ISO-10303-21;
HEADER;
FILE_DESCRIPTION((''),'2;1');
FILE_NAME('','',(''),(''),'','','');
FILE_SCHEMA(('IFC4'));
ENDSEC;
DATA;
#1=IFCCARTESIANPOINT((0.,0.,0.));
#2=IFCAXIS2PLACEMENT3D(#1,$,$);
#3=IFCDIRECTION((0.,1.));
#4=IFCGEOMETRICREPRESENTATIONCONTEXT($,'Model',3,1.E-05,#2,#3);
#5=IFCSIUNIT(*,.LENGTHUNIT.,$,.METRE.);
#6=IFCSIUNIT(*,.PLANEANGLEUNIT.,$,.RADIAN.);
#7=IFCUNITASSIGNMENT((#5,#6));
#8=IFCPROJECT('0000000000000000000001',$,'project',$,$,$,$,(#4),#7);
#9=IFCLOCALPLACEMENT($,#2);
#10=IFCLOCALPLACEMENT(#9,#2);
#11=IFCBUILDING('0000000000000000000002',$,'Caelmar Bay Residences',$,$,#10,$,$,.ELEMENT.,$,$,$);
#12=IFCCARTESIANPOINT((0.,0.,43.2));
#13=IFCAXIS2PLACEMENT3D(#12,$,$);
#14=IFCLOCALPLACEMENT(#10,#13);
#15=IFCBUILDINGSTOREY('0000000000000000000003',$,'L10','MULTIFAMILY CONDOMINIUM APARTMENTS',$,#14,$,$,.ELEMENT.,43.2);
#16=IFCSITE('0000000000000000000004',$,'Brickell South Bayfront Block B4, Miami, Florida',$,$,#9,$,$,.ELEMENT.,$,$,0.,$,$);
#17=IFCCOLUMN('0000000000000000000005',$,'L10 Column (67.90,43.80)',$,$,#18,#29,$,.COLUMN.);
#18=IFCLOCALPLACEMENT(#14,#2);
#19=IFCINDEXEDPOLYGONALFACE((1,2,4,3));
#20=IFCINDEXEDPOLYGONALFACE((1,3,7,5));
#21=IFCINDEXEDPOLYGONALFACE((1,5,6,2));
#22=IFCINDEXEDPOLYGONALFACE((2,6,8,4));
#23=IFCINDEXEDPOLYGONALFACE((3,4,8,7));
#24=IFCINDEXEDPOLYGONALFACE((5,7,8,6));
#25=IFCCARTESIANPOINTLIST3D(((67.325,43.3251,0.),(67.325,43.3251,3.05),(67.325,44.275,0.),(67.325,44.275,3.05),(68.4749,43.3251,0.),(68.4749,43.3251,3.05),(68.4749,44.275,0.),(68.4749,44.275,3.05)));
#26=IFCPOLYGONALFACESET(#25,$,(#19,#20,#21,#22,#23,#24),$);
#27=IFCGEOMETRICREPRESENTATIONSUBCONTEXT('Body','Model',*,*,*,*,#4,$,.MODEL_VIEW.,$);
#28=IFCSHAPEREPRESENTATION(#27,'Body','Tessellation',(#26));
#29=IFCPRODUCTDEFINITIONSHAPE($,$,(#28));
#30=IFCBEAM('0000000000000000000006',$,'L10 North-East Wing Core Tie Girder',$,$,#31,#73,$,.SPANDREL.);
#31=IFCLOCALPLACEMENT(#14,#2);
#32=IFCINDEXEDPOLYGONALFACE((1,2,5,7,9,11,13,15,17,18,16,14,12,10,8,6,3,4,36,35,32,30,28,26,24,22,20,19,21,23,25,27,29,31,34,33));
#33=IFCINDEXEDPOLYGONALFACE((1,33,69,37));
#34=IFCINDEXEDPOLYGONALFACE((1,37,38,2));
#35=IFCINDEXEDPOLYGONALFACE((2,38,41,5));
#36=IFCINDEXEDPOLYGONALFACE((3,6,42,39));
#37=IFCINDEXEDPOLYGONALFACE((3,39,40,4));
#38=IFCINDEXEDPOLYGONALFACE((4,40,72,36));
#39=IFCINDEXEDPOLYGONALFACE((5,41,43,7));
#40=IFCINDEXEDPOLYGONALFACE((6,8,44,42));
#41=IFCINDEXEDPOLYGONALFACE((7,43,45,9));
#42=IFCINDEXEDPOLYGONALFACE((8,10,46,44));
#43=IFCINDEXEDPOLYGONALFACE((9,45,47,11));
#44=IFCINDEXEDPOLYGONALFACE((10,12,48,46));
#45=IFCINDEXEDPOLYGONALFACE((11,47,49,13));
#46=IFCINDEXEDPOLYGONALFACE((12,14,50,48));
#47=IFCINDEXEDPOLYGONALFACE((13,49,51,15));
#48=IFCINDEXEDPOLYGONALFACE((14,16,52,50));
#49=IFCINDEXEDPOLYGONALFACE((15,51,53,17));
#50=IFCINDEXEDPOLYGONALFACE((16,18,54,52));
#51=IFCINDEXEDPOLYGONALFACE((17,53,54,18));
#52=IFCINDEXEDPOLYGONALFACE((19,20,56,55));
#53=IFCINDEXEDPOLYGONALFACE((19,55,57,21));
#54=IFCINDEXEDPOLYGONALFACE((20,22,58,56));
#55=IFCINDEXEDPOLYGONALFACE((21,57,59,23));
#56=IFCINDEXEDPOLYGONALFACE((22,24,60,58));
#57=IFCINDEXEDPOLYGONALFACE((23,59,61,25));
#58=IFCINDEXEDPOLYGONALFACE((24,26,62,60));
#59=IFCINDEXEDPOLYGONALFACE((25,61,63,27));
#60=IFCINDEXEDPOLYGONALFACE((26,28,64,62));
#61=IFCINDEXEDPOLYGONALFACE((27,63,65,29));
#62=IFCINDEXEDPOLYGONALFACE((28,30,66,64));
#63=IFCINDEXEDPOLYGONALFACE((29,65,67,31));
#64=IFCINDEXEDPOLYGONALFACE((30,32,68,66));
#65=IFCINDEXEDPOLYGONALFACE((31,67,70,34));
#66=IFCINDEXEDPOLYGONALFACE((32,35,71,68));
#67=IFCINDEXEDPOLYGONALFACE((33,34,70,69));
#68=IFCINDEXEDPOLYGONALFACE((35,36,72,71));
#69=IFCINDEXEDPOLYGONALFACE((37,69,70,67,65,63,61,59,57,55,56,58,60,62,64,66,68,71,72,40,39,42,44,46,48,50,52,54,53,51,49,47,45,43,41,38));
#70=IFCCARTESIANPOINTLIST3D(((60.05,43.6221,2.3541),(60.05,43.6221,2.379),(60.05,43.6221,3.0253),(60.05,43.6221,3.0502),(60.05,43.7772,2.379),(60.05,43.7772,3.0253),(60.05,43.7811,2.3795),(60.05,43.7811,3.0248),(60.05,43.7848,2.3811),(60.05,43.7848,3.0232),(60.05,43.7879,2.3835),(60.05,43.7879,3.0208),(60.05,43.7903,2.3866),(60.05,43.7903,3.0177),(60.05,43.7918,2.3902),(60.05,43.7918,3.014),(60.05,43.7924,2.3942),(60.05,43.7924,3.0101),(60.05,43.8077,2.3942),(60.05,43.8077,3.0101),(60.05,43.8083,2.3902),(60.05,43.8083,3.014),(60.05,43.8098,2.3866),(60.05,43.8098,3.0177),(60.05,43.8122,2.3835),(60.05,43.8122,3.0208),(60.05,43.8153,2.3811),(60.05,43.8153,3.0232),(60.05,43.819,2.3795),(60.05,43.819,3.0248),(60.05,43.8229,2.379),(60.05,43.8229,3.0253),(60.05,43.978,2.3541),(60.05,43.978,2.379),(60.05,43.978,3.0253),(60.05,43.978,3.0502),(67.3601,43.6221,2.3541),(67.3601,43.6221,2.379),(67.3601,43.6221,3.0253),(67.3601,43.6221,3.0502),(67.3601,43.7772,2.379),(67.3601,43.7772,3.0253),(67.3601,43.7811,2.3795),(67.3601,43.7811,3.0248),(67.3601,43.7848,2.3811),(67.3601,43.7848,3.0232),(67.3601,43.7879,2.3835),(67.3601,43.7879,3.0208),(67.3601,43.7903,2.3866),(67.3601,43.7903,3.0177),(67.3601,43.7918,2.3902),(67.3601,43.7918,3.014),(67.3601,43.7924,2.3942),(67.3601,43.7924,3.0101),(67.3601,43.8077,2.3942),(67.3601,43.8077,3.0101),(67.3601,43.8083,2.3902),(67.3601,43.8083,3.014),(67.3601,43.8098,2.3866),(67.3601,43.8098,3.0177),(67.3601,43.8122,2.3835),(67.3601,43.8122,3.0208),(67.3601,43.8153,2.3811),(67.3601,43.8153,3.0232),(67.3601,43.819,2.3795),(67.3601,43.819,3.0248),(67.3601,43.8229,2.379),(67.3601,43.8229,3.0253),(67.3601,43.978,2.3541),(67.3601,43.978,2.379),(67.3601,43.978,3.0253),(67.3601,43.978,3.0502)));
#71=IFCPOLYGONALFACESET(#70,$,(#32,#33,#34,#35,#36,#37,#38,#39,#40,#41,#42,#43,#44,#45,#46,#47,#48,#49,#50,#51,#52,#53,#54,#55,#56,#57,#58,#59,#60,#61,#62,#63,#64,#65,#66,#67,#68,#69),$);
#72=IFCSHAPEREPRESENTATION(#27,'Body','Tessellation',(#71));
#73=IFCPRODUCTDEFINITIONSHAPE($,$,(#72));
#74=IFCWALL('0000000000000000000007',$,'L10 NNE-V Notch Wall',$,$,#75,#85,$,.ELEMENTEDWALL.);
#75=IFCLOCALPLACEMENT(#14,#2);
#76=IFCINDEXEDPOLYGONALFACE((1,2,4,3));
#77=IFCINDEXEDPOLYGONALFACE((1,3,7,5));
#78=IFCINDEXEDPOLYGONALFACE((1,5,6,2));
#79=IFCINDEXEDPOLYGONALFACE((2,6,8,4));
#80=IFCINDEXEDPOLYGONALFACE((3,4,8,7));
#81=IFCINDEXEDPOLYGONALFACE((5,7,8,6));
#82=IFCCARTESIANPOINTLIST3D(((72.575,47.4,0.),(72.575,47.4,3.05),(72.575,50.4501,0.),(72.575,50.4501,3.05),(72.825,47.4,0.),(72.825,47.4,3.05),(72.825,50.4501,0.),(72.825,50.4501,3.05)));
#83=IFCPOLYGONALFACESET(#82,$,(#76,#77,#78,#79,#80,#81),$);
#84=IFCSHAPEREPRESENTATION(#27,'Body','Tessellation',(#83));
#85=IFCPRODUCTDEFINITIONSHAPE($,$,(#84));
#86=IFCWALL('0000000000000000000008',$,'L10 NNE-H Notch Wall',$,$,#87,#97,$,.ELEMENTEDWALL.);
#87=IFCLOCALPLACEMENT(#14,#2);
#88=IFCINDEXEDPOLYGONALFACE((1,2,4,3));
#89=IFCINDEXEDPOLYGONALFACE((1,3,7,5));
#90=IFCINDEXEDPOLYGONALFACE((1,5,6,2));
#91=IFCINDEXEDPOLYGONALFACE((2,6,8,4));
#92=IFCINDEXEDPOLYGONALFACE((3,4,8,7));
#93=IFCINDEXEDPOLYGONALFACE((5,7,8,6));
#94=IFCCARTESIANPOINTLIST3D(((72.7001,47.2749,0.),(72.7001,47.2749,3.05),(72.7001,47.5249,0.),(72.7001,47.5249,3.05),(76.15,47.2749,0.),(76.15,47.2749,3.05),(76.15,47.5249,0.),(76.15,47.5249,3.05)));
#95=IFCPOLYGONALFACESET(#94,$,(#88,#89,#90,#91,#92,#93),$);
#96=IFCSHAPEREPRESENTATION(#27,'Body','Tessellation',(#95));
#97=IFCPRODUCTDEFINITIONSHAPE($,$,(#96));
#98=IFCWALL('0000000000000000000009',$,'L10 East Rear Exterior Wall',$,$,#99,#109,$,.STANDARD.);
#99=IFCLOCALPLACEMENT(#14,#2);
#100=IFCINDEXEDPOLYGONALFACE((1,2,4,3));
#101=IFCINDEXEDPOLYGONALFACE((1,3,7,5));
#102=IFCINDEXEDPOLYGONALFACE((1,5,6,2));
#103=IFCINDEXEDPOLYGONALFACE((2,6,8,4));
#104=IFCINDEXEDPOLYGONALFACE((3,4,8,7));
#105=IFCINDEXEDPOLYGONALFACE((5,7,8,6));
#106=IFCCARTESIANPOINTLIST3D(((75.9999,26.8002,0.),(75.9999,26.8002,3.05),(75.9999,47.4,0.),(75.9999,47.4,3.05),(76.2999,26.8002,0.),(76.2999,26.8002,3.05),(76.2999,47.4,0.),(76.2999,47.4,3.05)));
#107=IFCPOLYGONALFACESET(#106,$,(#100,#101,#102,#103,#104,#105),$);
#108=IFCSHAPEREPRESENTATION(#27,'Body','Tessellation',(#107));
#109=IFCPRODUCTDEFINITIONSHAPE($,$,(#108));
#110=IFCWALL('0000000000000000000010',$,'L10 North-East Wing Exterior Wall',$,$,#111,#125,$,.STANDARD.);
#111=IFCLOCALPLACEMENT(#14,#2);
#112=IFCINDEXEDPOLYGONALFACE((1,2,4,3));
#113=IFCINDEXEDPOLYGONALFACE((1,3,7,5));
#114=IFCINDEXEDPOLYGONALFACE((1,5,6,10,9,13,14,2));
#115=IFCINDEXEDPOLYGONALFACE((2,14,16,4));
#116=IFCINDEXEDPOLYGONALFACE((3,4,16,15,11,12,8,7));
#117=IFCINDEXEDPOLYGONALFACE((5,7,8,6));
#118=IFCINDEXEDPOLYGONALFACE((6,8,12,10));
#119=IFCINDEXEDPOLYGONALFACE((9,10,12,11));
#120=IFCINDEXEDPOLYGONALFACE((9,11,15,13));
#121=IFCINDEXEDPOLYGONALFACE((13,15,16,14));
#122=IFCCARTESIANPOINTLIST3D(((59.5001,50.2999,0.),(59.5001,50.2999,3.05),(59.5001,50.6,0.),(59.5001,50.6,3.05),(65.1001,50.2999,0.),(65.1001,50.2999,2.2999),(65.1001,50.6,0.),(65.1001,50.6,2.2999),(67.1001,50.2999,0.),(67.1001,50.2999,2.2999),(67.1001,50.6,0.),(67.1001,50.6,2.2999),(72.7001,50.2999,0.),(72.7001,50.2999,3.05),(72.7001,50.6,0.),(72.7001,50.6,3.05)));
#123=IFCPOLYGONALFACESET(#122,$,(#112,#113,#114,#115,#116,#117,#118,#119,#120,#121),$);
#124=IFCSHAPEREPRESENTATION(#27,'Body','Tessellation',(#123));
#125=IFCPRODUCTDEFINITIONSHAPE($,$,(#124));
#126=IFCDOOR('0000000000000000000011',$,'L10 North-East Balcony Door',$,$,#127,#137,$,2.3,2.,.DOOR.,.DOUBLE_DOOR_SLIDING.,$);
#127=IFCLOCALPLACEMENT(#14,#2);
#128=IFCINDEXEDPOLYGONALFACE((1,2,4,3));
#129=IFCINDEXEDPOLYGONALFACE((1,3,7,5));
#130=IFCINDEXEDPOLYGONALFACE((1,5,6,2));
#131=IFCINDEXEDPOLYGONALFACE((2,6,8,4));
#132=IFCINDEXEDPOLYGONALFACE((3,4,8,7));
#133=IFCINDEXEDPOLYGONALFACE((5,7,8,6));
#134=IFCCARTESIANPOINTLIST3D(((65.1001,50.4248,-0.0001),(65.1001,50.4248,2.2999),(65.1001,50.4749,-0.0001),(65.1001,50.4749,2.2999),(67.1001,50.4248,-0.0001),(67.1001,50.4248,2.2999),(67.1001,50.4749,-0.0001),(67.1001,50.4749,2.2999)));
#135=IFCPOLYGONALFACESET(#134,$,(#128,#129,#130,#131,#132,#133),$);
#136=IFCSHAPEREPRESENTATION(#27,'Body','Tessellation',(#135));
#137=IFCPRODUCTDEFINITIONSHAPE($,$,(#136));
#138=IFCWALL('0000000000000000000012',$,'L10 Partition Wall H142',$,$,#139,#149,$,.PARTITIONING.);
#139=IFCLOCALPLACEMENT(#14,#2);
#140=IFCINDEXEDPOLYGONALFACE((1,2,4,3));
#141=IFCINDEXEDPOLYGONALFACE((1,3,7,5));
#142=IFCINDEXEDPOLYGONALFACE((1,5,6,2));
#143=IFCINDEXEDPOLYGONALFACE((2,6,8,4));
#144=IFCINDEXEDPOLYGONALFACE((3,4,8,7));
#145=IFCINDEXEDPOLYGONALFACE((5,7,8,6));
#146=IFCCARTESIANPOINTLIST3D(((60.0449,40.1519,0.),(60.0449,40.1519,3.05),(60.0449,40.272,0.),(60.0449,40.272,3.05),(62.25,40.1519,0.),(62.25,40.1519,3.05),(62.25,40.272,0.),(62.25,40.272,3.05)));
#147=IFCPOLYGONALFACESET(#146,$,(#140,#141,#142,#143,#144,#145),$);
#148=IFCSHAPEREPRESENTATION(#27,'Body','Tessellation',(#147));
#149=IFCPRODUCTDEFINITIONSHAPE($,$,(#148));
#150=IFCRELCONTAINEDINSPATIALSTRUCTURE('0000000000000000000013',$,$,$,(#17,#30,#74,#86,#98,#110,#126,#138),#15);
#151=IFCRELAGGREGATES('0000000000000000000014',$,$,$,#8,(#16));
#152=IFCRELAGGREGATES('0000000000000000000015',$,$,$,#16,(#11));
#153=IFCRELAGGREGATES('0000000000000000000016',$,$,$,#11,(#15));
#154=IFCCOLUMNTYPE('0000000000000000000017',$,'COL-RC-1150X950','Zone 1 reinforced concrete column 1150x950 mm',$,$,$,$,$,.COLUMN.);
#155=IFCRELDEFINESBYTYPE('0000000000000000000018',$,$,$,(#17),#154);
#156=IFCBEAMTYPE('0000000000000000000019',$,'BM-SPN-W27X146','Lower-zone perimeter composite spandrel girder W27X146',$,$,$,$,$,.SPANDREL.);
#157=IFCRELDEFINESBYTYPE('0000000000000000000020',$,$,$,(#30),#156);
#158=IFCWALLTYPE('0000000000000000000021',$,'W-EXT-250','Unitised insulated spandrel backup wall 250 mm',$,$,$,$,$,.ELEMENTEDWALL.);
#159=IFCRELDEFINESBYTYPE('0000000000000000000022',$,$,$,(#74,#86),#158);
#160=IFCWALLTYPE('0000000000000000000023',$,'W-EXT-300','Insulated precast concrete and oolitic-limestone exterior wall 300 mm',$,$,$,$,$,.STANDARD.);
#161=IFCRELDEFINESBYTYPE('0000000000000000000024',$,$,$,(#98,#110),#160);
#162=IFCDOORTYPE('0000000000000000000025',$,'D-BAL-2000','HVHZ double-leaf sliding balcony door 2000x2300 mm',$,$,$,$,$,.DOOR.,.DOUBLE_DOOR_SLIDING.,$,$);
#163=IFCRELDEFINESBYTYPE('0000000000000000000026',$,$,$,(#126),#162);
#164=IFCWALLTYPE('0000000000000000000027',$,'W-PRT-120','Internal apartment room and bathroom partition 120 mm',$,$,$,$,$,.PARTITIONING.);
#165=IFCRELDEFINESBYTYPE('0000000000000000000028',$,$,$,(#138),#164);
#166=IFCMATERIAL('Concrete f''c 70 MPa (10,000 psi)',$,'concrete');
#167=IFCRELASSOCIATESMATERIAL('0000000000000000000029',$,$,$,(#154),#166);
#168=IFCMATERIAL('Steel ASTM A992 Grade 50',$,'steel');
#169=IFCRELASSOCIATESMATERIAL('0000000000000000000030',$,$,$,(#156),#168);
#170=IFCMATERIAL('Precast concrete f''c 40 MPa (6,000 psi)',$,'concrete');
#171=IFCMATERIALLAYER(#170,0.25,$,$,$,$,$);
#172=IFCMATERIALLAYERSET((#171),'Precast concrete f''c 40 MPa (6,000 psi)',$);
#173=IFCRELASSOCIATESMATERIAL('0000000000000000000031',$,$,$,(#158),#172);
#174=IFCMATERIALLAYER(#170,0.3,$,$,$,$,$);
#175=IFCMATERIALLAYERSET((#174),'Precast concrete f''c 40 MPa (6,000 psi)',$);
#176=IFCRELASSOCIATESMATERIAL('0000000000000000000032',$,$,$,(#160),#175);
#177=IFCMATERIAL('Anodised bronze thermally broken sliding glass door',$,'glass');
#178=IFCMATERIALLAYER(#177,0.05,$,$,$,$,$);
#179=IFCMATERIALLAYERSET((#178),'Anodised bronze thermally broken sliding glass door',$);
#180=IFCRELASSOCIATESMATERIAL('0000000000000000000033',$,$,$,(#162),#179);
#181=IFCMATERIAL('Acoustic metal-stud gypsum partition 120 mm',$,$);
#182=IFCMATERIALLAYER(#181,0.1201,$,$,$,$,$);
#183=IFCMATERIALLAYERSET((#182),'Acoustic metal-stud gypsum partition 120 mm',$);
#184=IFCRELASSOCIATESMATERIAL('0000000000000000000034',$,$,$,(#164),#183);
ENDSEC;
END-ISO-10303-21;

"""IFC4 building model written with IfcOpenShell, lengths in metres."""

from ifc_helpers import new_model, si_unit, direction, frame, frame_2d, origin, origin_2d, place, context, subcontext, project, spatial, rectangle, i_section, extrude, material, layer, layer_set, material_profile, profile_set, type_object, element, fill, save


model = new_model("IFC4")

# Units and contexts
model_context = context("Model", 3, precision=1e-05, world=origin(), true_north=direction((0.0, 1.0)))
body_context = subcontext(model_context, "Body", "Model", "MODEL_VIEW")
ifc_project = project(units=[si_unit("LENGTHUNIT", "METRE"), si_unit("PLANEANGLEUNIT", "RADIAN")], contexts=[model_context])

# Site, building, storey
site_placement = place(None, origin())
site = spatial("IfcSite", under=ifc_project, at=site_placement, Name="Brickell South Bayfront Block B4, Miami, Florida", CompositionType="ELEMENT", RefElevation=0.0)
building_placement = place(site_placement, origin())
building = spatial("IfcBuilding", under=site, at=building_placement, Name="Caelmar Bay Residences", CompositionType="ELEMENT")
storey_placement = place(building_placement, frame((0.0, 0.0, 43.2)))
storey = spatial("IfcBuildingStorey", under=building, at=storey_placement, Name="L10", Description="MULTIFAMILY CONDOMINIUM APARTMENTS", CompositionType="ELEMENT", Elevation=43.2)

# Column
ifc_material_1 = material(Name="Concrete f'c 70 MPa (10,000 psi)", Category="concrete")
ifc_material_profile_1 = material_profile(ifc_material_1, rectangle(XDim=1.1499, YDim=0.95, at=origin_2d()), Name="RC-COL-1150X950")
ifc_profile_set_1 = profile_set([ifc_material_profile_1], Name="Concrete f'c 70 MPa (10,000 psi)")
column_type = type_object("IfcColumnType", Name="COL-RC-1150X950", Description="Zone 1 reinforced concrete column 1150x950 mm", PredefinedType="COLUMN", material=ifc_profile_set_1)
column_placement = place(storey_placement, frame((67.8999, 43.8, 0.0), z_axis=(0.0, 0.0, 1.0), x_axis=(1.0, 0.0, 0.0)))
element("IfcColumn", 1, at=column_placement, inside=storey, type_object=column_type, Name="L10 Column (67.90,43.80)", PredefinedType="COLUMN", context=body_context, shape_type="SweptSolid", body=[
    extrude(rectangle(XDim=1.1499, YDim=0.95, at=origin_2d()), origin(), (0.0, 0.0, 1.0), 3.05),
])

# Beam
ifc_material_2 = material(Name="Steel ASTM A992 Grade 50", Category="steel")
ifc_material_profile_2 = material_profile(ifc_material_2, i_section(OverallWidth=0.356, OverallDepth=0.696, WebThickness=0.0154, FlangeThickness=0.0249, FilletRadius=0.0151, at=origin_2d()), Name="W27X146")
ifc_profile_set_2 = profile_set([ifc_material_profile_2], Name="Steel ASTM A992 Grade 50")
beam_type = type_object("IfcBeamType", Name="BM-SPN-W27X146", Description="Lower-zone perimeter composite spandrel girder W27X146", PredefinedType="SPANDREL", material=ifc_profile_set_2)
beam_placement = place(storey_placement, frame((60.05, 43.8, 2.7021), z_axis=(1.0, 0.0, 0.0), x_axis=(0.0, 1.0, 0.0)))
element("IfcBeam", 2, at=beam_placement, inside=storey, type_object=beam_type, Name="L10 North-East Wing Core Tie Girder", PredefinedType="SPANDREL", context=body_context, shape_type="SweptSolid", body=[
    extrude(i_section(OverallWidth=0.356, OverallDepth=0.696, WebThickness=0.0154, FlangeThickness=0.0249, FilletRadius=0.0151, at=origin_2d()), origin(), (0.0, 0.0, 1.0), 7.3101),
])

# Walls
ifc_material_3 = material(Name="Precast concrete f'c 40 MPa (6,000 psi)", Category="concrete")
ifc_layer_1 = layer(ifc_material_3, 0.25)
ifc_layer_set_1 = layer_set([ifc_layer_1], Name="Precast concrete f'c 40 MPa (6,000 psi)")
wall_type_1 = type_object("IfcWallType", Name="W-EXT-250", Description="Unitised insulated spandrel backup wall 250 mm", PredefinedType="ELEMENTEDWALL", material=ifc_layer_set_1)
wall_1_placement = place(storey_placement, frame((72.7, 50.45, 0.0), z_axis=(0.0, 0.0, 1.0), x_axis=(0.0, -1.0, 0.0)))
element("IfcWall", 3, at=wall_1_placement, inside=storey, type_object=wall_type_1, Name="L10 NNE-V Notch Wall", PredefinedType="ELEMENTEDWALL", context=body_context, shape_type="SweptSolid", body=[
    extrude(rectangle(XDim=3.05, YDim=0.25, at=frame_2d((1.5249, 0.0))), origin(), (0.0, 0.0, 1.0), 3.05),
])
wall_2_placement = place(storey_placement, frame((72.7, 47.3999, 0.0), z_axis=(0.0, 0.0, 1.0), x_axis=(1.0, 0.0, 0.0)))
element("IfcWall", 4, at=wall_2_placement, inside=storey, type_object=wall_type_1, Name="L10 NNE-H Notch Wall", PredefinedType="ELEMENTEDWALL", context=body_context, shape_type="SweptSolid", body=[
    extrude(rectangle(XDim=3.45, YDim=0.25, at=frame_2d((1.7251, 0.0))), origin(), (0.0, 0.0, 1.0), 3.05),
])
ifc_layer_2 = layer(ifc_material_3, 0.3)
ifc_layer_set_2 = layer_set([ifc_layer_2], Name="Precast concrete f'c 40 MPa (6,000 psi)")
wall_type_2 = type_object("IfcWallType", Name="W-EXT-300", Description="Insulated precast concrete and oolitic-limestone exterior wall 300 mm", PredefinedType="STANDARD", material=ifc_layer_set_2)
wall_3_placement = place(storey_placement, frame((76.1499, 47.3999, 0.0), z_axis=(0.0, 0.0, 1.0), x_axis=(0.0, -1.0, 0.0)))
element("IfcWall", 5, at=wall_3_placement, inside=storey, type_object=wall_type_2, Name="L10 East Rear Exterior Wall", PredefinedType="STANDARD", context=body_context, shape_type="SweptSolid", body=[
    extrude(rectangle(XDim=20.5999, YDim=0.3, at=frame_2d((10.2998, 0.0))), origin(), (0.0, 0.0, 1.0), 3.05),
])

# Wall, opening, door
wall_4_placement = place(storey_placement, frame((59.5, 50.45, 0.0), z_axis=(0.0, 0.0, 1.0), x_axis=(1.0, 0.0, 0.0)))
wall_4 = element("IfcWall", 6, at=wall_4_placement, inside=storey, type_object=wall_type_2, Name="L10 North-East Wing Exterior Wall", PredefinedType="STANDARD", context=body_context, shape_type="SweptSolid", body=[
    extrude(rectangle(XDim=13.2, YDim=0.3, at=frame_2d((6.6001, 0.0))), origin(), (0.0, 0.0, 1.0), 3.05),
])
opening_1_placement = place(wall_4_placement, frame((5.6001, 0.0, 0.0)))
opening_1 = element("IfcOpeningElement", 7, at=opening_1_placement, cuts=wall_4, PredefinedType="OPENING", context=body_context, shape_type="SweptSolid", body=[
    extrude(rectangle(XDim=2.0, YDim=2.3, at=frame_2d((1.0, 1.1499))), frame((0.0, 0.1599, 0.0), z_axis=(0.0, -1.0, 0.0), x_axis=(1.0, 0.0, 0.0)), (0.0, 0.0, 1.0), 0.3201),
])
ifc_material_4 = material(Name="Anodised bronze thermally broken sliding glass door", Category="glass")
ifc_layer_3 = layer(ifc_material_4, 0.05)
ifc_layer_set_3 = layer_set([ifc_layer_3], Name="Anodised bronze thermally broken sliding glass door")
door_type_1 = type_object("IfcDoorType", Name="D-BAL-2000", Description="HVHZ double-leaf sliding balcony door 2000x2300 mm", OperationType="DOUBLE_DOOR_SLIDING", PredefinedType="DOOR", material=ifc_layer_set_3)
door_1_placement = place(opening_1_placement, origin())
door_1 = element("IfcDoor", 8, at=door_1_placement, inside=storey, type_object=door_type_1, Name="L10 North-East Balcony Door", OperationType="DOUBLE_DOOR_SLIDING", OverallHeight=2.3, OverallWidth=2.0, PredefinedType="DOOR", context=body_context, shape_type="SweptSolid", body=[
    extrude(rectangle(XDim=2.0, YDim=2.3, at=frame_2d((1.0, 1.1499))), frame((0.0, 0.0249, 0.0), z_axis=(0.0, -1.0, 0.0), x_axis=(1.0, 0.0, 0.0)), (0.0, 0.0, 1.0), 0.05),
])
fill(opening_1, door_1)

# Wall
ifc_material_5 = material(Name="Acoustic metal-stud gypsum partition 120 mm")
ifc_layer_4 = layer(ifc_material_5, 0.1201)
ifc_layer_set_4 = layer_set([ifc_layer_4], Name="Acoustic metal-stud gypsum partition 120 mm")
wall_type_3 = type_object("IfcWallType", Name="W-PRT-120", Description="Internal apartment room and bathroom partition 120 mm", PredefinedType="PARTITIONING", material=ifc_layer_set_4)
wall_5_placement = place(storey_placement, frame((60.0449, 40.2119, 0.0), z_axis=(0.0, 0.0, 1.0), x_axis=(1.0, 0.0, 0.0)))
element("IfcWall", 9, at=wall_5_placement, inside=storey, type_object=wall_type_3, Name="L10 Partition Wall H142", PredefinedType="PARTITIONING", context=body_context, shape_type="SweptSolid", body=[
    extrude(rectangle(XDim=2.2051, YDim=0.1201, at=frame_2d((1.1025, 0.0))), origin(), (0.0, 0.0, 1.0), 3.05),
])

save(model, "model.ifc")
